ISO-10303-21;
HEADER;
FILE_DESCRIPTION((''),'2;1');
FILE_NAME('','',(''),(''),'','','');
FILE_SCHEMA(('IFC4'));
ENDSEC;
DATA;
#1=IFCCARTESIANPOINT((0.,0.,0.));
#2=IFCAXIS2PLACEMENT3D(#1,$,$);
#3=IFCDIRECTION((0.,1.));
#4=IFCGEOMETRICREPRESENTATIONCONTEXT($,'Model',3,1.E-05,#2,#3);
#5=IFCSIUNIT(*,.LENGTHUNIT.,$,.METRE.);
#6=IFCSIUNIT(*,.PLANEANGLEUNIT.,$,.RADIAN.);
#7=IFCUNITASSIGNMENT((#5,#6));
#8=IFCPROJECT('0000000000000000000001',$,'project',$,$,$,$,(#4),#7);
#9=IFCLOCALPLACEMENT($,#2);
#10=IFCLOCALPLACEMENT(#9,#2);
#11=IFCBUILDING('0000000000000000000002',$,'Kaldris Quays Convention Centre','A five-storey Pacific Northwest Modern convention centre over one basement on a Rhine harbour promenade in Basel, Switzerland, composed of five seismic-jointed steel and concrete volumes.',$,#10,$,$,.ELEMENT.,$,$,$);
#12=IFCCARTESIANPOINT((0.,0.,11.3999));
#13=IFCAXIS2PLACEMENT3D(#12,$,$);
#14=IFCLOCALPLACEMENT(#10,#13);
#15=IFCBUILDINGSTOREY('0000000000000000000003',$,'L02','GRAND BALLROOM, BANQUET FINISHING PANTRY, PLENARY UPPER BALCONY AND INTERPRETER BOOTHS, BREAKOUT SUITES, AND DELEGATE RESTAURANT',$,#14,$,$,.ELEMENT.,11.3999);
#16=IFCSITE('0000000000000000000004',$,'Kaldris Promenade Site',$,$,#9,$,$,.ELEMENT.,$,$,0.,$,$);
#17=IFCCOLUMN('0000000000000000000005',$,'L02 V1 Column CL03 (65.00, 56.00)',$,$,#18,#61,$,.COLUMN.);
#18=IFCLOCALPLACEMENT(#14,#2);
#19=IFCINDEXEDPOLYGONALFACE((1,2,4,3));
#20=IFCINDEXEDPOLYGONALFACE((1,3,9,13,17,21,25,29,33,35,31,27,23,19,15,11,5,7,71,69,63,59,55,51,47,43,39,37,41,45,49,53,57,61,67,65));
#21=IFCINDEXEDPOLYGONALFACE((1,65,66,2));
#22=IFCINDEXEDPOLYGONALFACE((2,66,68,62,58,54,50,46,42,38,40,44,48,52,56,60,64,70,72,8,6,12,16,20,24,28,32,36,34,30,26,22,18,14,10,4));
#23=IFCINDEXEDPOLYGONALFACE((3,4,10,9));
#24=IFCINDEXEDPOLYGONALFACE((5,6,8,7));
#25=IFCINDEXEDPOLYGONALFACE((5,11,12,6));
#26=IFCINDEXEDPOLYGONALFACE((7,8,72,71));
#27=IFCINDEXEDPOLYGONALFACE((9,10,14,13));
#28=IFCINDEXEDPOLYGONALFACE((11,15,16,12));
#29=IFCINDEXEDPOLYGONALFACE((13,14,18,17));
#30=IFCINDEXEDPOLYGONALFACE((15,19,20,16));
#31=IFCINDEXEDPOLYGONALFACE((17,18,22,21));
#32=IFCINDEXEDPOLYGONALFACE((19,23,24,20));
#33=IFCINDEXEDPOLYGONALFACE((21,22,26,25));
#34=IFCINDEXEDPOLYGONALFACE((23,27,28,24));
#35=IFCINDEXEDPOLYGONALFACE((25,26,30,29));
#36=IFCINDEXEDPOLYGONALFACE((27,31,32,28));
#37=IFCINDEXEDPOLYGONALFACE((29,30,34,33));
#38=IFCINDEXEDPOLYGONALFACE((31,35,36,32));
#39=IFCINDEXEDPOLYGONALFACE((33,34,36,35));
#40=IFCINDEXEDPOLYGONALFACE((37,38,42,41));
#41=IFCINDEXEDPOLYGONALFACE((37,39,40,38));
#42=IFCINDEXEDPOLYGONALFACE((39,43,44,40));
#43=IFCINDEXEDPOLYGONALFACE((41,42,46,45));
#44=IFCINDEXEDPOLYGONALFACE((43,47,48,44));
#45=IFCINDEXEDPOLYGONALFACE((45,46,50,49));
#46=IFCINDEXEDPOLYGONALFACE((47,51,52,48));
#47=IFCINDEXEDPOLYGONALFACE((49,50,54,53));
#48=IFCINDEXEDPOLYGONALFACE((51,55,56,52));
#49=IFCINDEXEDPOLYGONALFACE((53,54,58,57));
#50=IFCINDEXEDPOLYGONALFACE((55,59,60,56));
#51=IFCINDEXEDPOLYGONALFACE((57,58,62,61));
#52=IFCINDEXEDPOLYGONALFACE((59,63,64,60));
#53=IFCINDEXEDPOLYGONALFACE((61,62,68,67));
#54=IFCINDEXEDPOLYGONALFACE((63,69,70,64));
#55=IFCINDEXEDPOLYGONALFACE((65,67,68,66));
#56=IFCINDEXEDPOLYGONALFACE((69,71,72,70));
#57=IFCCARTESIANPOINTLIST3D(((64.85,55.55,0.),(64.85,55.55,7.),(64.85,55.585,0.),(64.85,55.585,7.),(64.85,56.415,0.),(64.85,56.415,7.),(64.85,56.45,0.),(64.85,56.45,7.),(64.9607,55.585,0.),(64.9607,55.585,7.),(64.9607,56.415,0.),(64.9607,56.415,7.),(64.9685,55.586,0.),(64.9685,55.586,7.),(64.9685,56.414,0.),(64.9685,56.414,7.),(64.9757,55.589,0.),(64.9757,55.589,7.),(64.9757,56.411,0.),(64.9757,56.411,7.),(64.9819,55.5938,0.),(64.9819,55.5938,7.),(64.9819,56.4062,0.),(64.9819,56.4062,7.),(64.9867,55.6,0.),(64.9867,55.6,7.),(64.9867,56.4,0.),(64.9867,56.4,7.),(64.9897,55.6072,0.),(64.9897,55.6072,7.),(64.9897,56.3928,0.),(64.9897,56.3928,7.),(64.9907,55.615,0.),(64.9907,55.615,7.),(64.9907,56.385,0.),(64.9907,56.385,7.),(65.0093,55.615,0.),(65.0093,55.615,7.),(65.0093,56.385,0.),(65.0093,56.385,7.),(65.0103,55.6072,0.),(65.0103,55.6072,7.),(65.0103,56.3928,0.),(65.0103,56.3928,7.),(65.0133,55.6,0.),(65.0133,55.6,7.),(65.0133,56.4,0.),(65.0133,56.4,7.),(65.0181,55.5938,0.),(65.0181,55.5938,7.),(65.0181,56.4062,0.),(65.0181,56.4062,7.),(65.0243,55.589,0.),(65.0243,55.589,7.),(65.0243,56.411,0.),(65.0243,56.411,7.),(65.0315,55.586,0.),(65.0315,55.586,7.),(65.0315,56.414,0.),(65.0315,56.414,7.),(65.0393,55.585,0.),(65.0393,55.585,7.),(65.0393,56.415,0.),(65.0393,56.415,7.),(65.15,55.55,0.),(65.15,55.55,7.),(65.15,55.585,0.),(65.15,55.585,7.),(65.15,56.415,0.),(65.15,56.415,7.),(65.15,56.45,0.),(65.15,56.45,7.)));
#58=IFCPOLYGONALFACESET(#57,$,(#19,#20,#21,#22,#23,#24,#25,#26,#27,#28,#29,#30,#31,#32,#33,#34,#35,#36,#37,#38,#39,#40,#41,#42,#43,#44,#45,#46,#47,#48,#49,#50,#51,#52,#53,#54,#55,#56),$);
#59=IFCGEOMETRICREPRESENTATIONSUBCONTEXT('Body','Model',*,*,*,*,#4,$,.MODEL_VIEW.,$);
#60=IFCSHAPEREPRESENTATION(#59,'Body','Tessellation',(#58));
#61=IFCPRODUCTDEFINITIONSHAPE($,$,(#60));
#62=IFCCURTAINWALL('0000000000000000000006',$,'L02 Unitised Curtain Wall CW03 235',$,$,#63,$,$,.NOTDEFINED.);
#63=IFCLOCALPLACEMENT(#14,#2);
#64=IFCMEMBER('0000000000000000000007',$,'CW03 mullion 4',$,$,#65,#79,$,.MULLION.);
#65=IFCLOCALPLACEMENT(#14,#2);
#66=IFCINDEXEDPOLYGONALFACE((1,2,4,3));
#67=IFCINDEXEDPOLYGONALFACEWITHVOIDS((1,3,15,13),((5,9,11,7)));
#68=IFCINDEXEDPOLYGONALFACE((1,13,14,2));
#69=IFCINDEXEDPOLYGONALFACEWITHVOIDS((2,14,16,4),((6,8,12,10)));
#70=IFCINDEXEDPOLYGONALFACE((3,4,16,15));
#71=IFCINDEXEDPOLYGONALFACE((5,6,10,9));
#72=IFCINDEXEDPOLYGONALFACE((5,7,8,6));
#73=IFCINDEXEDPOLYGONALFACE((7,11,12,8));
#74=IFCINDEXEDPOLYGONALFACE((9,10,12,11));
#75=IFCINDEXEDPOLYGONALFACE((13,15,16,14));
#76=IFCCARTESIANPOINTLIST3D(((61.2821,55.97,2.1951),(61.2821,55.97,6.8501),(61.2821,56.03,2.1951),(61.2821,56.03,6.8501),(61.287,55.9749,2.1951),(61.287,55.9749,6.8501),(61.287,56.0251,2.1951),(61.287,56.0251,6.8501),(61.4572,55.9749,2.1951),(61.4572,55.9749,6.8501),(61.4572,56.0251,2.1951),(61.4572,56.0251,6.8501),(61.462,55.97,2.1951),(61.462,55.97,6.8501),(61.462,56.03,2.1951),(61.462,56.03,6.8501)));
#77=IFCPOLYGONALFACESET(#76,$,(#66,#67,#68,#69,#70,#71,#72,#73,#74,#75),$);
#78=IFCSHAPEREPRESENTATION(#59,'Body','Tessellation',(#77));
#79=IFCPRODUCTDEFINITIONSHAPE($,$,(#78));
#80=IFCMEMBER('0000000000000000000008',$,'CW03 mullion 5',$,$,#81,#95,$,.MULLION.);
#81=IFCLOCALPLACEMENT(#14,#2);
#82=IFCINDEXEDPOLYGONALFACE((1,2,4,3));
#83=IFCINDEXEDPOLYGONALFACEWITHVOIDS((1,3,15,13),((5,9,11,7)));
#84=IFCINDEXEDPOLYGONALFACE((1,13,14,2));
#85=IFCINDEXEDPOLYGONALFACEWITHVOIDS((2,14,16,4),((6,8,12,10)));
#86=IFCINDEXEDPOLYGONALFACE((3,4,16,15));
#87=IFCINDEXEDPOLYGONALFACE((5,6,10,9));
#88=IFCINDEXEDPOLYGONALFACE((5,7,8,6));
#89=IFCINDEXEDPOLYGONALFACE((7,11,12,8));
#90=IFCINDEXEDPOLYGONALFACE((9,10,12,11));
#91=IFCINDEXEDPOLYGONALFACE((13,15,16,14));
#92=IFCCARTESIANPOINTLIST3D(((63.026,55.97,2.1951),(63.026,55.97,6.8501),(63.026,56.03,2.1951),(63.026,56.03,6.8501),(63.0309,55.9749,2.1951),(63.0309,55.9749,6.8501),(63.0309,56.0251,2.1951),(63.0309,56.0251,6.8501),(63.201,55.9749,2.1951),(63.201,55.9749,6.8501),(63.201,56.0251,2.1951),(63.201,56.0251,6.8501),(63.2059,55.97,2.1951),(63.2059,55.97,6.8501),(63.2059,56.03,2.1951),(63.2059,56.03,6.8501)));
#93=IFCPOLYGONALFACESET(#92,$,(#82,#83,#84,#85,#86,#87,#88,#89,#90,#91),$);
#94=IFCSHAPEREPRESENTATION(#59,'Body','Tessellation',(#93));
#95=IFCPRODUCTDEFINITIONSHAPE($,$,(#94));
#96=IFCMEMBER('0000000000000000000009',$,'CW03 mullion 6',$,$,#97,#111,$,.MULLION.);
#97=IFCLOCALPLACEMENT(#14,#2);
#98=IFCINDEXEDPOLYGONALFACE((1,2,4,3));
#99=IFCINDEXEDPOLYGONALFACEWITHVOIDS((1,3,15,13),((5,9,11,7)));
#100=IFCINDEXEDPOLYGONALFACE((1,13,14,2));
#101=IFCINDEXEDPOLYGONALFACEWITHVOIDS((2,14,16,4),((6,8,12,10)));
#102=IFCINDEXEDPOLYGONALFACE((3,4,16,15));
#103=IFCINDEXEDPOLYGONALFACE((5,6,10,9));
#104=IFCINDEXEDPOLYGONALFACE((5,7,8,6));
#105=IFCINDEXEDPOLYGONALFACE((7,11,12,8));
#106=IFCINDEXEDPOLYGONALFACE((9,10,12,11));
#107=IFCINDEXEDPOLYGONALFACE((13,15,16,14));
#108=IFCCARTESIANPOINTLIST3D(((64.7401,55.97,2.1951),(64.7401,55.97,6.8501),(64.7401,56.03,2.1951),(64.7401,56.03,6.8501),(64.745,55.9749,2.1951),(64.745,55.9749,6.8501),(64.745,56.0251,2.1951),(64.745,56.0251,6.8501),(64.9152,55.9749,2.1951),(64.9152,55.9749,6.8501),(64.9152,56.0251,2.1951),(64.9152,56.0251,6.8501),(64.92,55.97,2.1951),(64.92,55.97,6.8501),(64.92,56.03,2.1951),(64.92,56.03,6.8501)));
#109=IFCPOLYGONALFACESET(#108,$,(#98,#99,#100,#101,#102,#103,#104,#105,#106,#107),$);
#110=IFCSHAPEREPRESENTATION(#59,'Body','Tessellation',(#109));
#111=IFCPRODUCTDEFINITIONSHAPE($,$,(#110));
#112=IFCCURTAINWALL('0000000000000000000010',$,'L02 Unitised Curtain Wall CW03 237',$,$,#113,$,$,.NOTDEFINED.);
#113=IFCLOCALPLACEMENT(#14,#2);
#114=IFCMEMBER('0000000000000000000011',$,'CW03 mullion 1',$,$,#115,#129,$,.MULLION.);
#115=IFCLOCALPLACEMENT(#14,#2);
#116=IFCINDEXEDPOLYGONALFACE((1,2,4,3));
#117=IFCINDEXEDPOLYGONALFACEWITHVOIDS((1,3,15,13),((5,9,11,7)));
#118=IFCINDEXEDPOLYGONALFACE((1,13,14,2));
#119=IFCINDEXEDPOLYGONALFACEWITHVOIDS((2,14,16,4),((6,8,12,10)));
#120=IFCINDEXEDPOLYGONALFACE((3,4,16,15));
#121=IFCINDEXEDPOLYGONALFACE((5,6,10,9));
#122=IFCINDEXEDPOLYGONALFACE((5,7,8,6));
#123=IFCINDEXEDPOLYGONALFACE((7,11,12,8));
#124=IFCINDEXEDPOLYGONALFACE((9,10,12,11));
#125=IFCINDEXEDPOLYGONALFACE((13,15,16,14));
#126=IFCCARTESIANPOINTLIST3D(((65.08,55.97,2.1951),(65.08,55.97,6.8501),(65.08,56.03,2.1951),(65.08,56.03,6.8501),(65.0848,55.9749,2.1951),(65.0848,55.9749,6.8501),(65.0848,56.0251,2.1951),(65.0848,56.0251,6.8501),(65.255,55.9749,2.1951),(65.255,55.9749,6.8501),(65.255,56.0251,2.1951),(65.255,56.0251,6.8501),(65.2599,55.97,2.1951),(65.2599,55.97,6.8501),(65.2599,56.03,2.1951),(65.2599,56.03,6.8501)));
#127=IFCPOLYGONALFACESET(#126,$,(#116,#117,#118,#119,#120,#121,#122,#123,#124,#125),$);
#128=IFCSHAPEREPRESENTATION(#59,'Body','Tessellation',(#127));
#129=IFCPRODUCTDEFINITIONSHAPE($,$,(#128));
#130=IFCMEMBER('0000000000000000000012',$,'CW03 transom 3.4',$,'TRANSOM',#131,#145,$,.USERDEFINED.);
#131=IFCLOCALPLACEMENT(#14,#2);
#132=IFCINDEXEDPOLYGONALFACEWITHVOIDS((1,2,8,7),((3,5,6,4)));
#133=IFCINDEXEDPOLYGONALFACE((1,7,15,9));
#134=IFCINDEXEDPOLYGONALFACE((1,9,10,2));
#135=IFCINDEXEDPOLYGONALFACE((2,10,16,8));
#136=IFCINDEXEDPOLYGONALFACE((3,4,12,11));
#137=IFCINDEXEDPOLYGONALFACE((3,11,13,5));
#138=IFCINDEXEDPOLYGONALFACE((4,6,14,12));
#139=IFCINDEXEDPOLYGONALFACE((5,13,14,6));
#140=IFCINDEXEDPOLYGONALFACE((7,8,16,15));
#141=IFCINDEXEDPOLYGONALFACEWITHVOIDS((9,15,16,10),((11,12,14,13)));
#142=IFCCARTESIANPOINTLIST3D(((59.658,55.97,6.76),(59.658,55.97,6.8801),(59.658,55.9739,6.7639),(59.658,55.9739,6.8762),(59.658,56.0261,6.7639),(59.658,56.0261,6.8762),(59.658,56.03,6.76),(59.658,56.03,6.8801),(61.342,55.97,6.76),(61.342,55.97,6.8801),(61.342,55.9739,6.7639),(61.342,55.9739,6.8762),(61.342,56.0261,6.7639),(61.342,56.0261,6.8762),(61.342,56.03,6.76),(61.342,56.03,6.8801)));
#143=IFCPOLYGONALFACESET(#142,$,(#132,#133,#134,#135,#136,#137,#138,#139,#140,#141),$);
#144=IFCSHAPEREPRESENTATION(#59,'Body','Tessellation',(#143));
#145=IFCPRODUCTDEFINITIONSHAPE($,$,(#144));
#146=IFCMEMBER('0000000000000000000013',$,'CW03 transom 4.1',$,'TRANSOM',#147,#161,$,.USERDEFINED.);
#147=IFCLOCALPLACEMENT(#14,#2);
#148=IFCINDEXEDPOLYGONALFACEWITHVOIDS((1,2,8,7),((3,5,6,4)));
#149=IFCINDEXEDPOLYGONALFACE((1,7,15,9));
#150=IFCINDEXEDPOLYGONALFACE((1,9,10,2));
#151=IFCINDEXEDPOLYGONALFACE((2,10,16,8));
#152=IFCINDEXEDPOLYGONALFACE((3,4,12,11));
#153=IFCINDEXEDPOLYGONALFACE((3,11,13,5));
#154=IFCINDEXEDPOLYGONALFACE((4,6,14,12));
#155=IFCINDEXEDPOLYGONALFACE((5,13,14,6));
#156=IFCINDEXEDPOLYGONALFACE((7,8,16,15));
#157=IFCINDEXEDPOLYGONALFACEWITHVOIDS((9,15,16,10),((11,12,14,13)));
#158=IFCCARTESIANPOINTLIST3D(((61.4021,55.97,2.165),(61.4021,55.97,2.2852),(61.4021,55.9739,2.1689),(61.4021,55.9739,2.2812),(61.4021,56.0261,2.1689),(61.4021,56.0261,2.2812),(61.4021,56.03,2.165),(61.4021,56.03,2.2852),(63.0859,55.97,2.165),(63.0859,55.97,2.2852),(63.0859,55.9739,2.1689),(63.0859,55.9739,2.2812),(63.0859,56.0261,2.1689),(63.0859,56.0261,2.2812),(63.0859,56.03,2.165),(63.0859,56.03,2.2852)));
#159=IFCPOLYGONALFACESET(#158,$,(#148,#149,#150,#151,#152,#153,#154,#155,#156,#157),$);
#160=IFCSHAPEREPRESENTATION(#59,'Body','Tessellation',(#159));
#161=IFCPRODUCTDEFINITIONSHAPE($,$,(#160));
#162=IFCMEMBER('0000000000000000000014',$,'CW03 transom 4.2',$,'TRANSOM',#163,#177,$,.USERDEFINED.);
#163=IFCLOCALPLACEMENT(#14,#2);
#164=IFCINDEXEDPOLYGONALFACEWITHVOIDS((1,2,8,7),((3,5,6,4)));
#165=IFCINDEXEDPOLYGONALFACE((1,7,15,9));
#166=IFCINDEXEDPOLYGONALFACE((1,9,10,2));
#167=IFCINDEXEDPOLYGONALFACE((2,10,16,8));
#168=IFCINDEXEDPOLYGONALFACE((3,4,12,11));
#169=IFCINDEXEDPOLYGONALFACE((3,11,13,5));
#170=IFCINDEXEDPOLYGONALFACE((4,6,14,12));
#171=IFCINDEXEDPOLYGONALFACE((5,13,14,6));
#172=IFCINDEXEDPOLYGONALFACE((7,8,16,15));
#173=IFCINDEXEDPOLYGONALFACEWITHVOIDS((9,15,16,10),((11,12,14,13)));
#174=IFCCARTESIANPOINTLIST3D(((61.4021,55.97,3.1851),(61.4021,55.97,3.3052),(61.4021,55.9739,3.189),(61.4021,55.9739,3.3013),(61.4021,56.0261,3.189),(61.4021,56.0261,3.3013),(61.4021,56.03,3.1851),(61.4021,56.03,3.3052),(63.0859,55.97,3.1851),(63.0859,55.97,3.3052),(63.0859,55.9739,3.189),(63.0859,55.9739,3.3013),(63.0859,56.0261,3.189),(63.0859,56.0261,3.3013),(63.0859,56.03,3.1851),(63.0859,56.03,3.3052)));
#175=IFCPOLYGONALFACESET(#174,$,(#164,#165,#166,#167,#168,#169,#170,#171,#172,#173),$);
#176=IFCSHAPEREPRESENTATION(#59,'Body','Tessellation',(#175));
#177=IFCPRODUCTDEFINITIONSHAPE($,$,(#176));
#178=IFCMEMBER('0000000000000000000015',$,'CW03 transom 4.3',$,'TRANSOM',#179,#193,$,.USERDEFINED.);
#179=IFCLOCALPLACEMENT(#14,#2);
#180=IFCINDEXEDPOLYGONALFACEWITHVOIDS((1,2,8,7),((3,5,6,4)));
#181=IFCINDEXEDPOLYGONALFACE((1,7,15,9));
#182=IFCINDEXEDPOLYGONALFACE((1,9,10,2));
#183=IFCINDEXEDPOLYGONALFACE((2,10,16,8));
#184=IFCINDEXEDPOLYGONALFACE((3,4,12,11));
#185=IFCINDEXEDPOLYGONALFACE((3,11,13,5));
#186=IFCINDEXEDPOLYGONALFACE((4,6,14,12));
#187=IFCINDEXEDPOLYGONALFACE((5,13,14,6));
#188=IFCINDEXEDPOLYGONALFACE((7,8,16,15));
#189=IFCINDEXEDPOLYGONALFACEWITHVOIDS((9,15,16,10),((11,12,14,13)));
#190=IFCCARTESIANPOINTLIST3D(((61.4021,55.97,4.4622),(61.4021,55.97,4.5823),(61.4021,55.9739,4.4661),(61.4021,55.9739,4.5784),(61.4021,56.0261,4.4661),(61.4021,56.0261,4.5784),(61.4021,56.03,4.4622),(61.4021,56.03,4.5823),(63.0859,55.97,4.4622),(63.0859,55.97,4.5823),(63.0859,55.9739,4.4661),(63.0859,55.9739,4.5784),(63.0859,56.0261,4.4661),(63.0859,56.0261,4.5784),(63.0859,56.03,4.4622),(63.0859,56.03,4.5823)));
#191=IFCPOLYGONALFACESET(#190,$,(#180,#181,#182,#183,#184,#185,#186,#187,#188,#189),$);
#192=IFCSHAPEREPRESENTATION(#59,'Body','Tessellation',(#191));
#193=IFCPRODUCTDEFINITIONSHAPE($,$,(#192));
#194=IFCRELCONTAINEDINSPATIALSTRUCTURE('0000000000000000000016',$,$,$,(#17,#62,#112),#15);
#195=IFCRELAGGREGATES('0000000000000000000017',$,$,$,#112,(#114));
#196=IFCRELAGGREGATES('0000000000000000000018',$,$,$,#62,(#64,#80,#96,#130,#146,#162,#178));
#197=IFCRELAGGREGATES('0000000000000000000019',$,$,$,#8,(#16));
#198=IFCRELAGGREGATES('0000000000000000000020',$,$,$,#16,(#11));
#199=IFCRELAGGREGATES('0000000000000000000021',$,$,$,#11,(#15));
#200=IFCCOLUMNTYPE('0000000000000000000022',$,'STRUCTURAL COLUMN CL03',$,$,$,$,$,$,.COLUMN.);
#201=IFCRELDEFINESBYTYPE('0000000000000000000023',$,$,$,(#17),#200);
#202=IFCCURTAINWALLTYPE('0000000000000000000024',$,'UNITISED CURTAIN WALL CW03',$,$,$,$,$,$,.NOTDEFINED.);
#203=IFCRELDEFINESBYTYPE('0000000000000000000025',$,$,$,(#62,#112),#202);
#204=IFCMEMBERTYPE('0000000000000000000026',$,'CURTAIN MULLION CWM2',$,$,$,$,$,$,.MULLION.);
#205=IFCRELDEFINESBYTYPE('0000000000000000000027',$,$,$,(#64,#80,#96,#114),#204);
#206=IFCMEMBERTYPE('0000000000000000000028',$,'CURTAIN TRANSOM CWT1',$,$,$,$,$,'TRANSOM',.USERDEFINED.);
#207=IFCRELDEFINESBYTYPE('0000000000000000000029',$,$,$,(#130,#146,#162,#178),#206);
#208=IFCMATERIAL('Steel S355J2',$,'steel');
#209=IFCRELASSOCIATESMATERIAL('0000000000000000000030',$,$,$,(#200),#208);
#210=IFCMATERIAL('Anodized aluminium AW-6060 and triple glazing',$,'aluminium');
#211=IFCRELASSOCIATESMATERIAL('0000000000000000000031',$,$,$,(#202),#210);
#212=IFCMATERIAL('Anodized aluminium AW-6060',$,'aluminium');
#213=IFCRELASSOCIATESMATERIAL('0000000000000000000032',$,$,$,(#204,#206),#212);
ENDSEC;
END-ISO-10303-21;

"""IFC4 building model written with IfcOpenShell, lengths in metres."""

from ifc_helpers import new_model, si_unit, direction, frame, origin, origin_2d, place, context, subcontext, project, spatial, hollow_rectangle, i_section, extrude, material, material_profile, profile_set, type_object, element, aggregate, save


model = new_model("IFC4")

# Units and contexts
model_context = context("Model", 3, precision=1e-05, world=origin(), true_north=direction((0.0, 1.0)))
body_context = subcontext(model_context, "Body", "Model", "MODEL_VIEW")
ifc_project = project(units=[si_unit("LENGTHUNIT", "METRE"), si_unit("PLANEANGLEUNIT", "RADIAN")], contexts=[model_context])

# Site, building, storey
site_placement = place(None, origin())
site = spatial("IfcSite", under=ifc_project, at=site_placement, Name="Kaldris Promenade Site", CompositionType="ELEMENT", RefElevation=0.0)
building_placement = place(site_placement, origin())
building = spatial("IfcBuilding", under=site, at=building_placement, Name="Kaldris Quays Convention Centre", Description="A five-storey Pacific Northwest Modern convention centre over one basement on a Rhine harbour promenade in Basel, Switzerland, composed of five seismic-jointed steel and concrete volumes.", CompositionType="ELEMENT")
storey_placement = place(building_placement, frame((0.0, 0.0, 11.3999)))
storey = spatial("IfcBuildingStorey", under=building, at=storey_placement, Name="L02", Description="GRAND BALLROOM, BANQUET FINISHING PANTRY, PLENARY UPPER BALCONY AND INTERPRETER BOOTHS, BREAKOUT SUITES, AND DELEGATE RESTAURANT", CompositionType="ELEMENT", Elevation=11.3999)

# Column
ifc_material_1 = material(Name="Steel S355J2", Category="steel")
ifc_material_profile_1 = material_profile(ifc_material_1, i_section(OverallWidth=0.3, OverallDepth=0.8999, WebThickness=0.0186, FlangeThickness=0.0349, FilletRadius=0.03, at=origin_2d()), Name="HEB 900")
ifc_profile_set_1 = profile_set([ifc_material_profile_1], Name="Steel S355J2")
column_type = type_object("IfcColumnType", Name="STRUCTURAL COLUMN CL03", PredefinedType="COLUMN", material=ifc_profile_set_1)
column_placement = place(storey_placement, frame((65.0, 56.0, 0.0), z_axis=(0.0, 0.0, 1.0), x_axis=(1.0, 0.0, 0.0)))
element("IfcColumn", 1, at=column_placement, inside=storey, type_object=column_type, Name="L02 V1 Column CL03 (65.00, 56.00)", PredefinedType="COLUMN", context=body_context, shape_type="SweptSolid", body=[
    extrude(i_section(OverallWidth=0.3, OverallDepth=0.8999, WebThickness=0.0186, FlangeThickness=0.0349, FilletRadius=0.03, at=origin_2d()), origin(), (0.0, 0.0, 1.0), 7.0),
])

# Curtain wall, members
ifc_material_2 = material(Name="Anodized aluminium AW-6060 and triple glazing", Category="aluminium")
curtain_wall_type = type_object("IfcCurtainWallType", Name="UNITISED CURTAIN WALL CW03", PredefinedType="NOTDEFINED", material=ifc_material_2)
curtain_wall_1_placement = place(storey_placement, origin())
curtain_wall_1 = element("IfcCurtainWall", 2, at=curtain_wall_1_placement, inside=storey, type_object=curtain_wall_type, Name="L02 Unitised Curtain Wall CW03 235", PredefinedType="NOTDEFINED")
ifc_material_3 = material(Name="Anodized aluminium AW-6060", Category="aluminium")
ifc_material_profile_2 = material_profile(ifc_material_3, hollow_rectangle(XDim=0.0601, YDim=0.1799, WallThickness=0.0049, at=origin_2d()), Name="RHS 180x60x5")
ifc_profile_set_2 = profile_set([ifc_material_profile_2], Name="Anodized aluminium AW-6060")
member_type_1 = type_object("IfcMemberType", Name="CURTAIN MULLION CWM2", PredefinedType="MULLION", material=ifc_profile_set_2)
member_1_placement = place(storey_placement, frame((61.3721, 56.0, 2.1951), z_axis=(0.0, 0.0, 1.0), x_axis=(0.0, 1.0, 0.0)))
member_1 = element("IfcMember", 3, at=member_1_placement, type_object=member_type_1, Name="CW03 mullion 4", PredefinedType="MULLION", context=body_context, shape_type="SweptSolid", body=[
    extrude(hollow_rectangle(XDim=0.0601, YDim=0.1799, WallThickness=0.0049, at=origin_2d()), origin(), (0.0, 0.0, 1.0), 4.655),
])
member_2_placement = place(storey_placement, frame((63.116, 56.0, 2.1951), z_axis=(0.0, 0.0, 1.0), x_axis=(0.0, 1.0, 0.0)))
member_2 = element("IfcMember", 4, at=member_2_placement, type_object=member_type_1, Name="CW03 mullion 5", PredefinedType="MULLION", context=body_context, shape_type="SweptSolid", body=[
    extrude(hollow_rectangle(XDim=0.0601, YDim=0.1799, WallThickness=0.0049, at=origin_2d()), origin(), (0.0, 0.0, 1.0), 4.655),
])
member_3_placement = place(storey_placement, frame((64.8301, 56.0, 2.1951), z_axis=(0.0, 0.0, 1.0), x_axis=(0.0, 1.0, 0.0)))
member_3 = element("IfcMember", 5, at=member_3_placement, type_object=member_type_1, Name="CW03 mullion 6", PredefinedType="MULLION", context=body_context, shape_type="SweptSolid", body=[
    extrude(hollow_rectangle(XDim=0.0601, YDim=0.1799, WallThickness=0.0049, at=origin_2d()), origin(), (0.0, 0.0, 1.0), 4.655),
])

# Curtain wall, member
curtain_wall_2_placement = place(storey_placement, origin())
curtain_wall_2 = element("IfcCurtainWall", 6, at=curtain_wall_2_placement, inside=storey, type_object=curtain_wall_type, Name="L02 Unitised Curtain Wall CW03 237", PredefinedType="NOTDEFINED")
member_4_placement = place(storey_placement, frame((65.1699, 56.0, 2.1951), z_axis=(0.0, 0.0, 1.0), x_axis=(0.0, 1.0, 0.0)))
member_4 = element("IfcMember", 7, at=member_4_placement, type_object=member_type_1, Name="CW03 mullion 1", PredefinedType="MULLION", context=body_context, shape_type="SweptSolid", body=[
    extrude(hollow_rectangle(XDim=0.0601, YDim=0.1799, WallThickness=0.0049, at=origin_2d()), origin(), (0.0, 0.0, 1.0), 4.655),
])
aggregate(curtain_wall_2, [member_4])

# Members
ifc_material_profile_3 = material_profile(ifc_material_3, hollow_rectangle(XDim=0.0601, YDim=0.1201, WallThickness=0.0039, at=origin_2d()), Name="RHS 120x60x4")
ifc_profile_set_3 = profile_set([ifc_material_profile_3], Name="Anodized aluminium AW-6060")
member_type_2 = type_object("IfcMemberType", Name="CURTAIN TRANSOM CWT1", ElementType="TRANSOM", PredefinedType="USERDEFINED", material=ifc_profile_set_3)
member_5_placement = place(storey_placement, frame((59.658, 56.0, 6.8201), z_axis=(1.0, 0.0, 0.0), x_axis=(0.0, 1.0, 0.0)))
member_5 = element("IfcMember", 8, at=member_5_placement, type_object=member_type_2, Name="CW03 transom 3.4", ObjectType="TRANSOM", PredefinedType="USERDEFINED", context=body_context, shape_type="SweptSolid", body=[
    extrude(hollow_rectangle(XDim=0.0601, YDim=0.1201, WallThickness=0.0039, at=origin_2d()), origin(), (0.0, 0.0, 1.0), 1.6841),
])
member_6_placement = place(storey_placement, frame((61.4021, 56.0, 2.2251), z_axis=(1.0, 0.0, 0.0), x_axis=(0.0, 1.0, 0.0)))
member_6 = element("IfcMember", 9, at=member_6_placement, type_object=member_type_2, Name="CW03 transom 4.1", ObjectType="TRANSOM", PredefinedType="USERDEFINED", context=body_context, shape_type="SweptSolid", body=[
    extrude(hollow_rectangle(XDim=0.0601, YDim=0.1201, WallThickness=0.0039, at=origin_2d()), origin(), (0.0, 0.0, 1.0), 1.6838),
])
member_7_placement = place(storey_placement, frame((61.4021, 56.0, 3.2451), z_axis=(1.0, 0.0, 0.0), x_axis=(0.0, 1.0, 0.0)))
member_7 = element("IfcMember", 10, at=member_7_placement, type_object=member_type_2, Name="CW03 transom 4.2", ObjectType="TRANSOM", PredefinedType="USERDEFINED", context=body_context, shape_type="SweptSolid", body=[
    extrude(hollow_rectangle(XDim=0.0601, YDim=0.1201, WallThickness=0.0039, at=origin_2d()), origin(), (0.0, 0.0, 1.0), 1.6838),
])
member_8_placement = place(storey_placement, frame((61.4021, 56.0, 4.5222), z_axis=(1.0, 0.0, 0.0), x_axis=(0.0, 1.0, 0.0)))
member_8 = element("IfcMember", 11, at=member_8_placement, type_object=member_type_2, Name="CW03 transom 4.3", ObjectType="TRANSOM", PredefinedType="USERDEFINED", context=body_context, shape_type="SweptSolid", body=[
    extrude(hollow_rectangle(XDim=0.0601, YDim=0.1201, WallThickness=0.0039, at=origin_2d()), origin(), (0.0, 0.0, 1.0), 1.6838),
])

aggregate(curtain_wall_1, [member_1, member_2, member_3, member_5, member_6, member_7, member_8])

save(model, "model.ifc")
